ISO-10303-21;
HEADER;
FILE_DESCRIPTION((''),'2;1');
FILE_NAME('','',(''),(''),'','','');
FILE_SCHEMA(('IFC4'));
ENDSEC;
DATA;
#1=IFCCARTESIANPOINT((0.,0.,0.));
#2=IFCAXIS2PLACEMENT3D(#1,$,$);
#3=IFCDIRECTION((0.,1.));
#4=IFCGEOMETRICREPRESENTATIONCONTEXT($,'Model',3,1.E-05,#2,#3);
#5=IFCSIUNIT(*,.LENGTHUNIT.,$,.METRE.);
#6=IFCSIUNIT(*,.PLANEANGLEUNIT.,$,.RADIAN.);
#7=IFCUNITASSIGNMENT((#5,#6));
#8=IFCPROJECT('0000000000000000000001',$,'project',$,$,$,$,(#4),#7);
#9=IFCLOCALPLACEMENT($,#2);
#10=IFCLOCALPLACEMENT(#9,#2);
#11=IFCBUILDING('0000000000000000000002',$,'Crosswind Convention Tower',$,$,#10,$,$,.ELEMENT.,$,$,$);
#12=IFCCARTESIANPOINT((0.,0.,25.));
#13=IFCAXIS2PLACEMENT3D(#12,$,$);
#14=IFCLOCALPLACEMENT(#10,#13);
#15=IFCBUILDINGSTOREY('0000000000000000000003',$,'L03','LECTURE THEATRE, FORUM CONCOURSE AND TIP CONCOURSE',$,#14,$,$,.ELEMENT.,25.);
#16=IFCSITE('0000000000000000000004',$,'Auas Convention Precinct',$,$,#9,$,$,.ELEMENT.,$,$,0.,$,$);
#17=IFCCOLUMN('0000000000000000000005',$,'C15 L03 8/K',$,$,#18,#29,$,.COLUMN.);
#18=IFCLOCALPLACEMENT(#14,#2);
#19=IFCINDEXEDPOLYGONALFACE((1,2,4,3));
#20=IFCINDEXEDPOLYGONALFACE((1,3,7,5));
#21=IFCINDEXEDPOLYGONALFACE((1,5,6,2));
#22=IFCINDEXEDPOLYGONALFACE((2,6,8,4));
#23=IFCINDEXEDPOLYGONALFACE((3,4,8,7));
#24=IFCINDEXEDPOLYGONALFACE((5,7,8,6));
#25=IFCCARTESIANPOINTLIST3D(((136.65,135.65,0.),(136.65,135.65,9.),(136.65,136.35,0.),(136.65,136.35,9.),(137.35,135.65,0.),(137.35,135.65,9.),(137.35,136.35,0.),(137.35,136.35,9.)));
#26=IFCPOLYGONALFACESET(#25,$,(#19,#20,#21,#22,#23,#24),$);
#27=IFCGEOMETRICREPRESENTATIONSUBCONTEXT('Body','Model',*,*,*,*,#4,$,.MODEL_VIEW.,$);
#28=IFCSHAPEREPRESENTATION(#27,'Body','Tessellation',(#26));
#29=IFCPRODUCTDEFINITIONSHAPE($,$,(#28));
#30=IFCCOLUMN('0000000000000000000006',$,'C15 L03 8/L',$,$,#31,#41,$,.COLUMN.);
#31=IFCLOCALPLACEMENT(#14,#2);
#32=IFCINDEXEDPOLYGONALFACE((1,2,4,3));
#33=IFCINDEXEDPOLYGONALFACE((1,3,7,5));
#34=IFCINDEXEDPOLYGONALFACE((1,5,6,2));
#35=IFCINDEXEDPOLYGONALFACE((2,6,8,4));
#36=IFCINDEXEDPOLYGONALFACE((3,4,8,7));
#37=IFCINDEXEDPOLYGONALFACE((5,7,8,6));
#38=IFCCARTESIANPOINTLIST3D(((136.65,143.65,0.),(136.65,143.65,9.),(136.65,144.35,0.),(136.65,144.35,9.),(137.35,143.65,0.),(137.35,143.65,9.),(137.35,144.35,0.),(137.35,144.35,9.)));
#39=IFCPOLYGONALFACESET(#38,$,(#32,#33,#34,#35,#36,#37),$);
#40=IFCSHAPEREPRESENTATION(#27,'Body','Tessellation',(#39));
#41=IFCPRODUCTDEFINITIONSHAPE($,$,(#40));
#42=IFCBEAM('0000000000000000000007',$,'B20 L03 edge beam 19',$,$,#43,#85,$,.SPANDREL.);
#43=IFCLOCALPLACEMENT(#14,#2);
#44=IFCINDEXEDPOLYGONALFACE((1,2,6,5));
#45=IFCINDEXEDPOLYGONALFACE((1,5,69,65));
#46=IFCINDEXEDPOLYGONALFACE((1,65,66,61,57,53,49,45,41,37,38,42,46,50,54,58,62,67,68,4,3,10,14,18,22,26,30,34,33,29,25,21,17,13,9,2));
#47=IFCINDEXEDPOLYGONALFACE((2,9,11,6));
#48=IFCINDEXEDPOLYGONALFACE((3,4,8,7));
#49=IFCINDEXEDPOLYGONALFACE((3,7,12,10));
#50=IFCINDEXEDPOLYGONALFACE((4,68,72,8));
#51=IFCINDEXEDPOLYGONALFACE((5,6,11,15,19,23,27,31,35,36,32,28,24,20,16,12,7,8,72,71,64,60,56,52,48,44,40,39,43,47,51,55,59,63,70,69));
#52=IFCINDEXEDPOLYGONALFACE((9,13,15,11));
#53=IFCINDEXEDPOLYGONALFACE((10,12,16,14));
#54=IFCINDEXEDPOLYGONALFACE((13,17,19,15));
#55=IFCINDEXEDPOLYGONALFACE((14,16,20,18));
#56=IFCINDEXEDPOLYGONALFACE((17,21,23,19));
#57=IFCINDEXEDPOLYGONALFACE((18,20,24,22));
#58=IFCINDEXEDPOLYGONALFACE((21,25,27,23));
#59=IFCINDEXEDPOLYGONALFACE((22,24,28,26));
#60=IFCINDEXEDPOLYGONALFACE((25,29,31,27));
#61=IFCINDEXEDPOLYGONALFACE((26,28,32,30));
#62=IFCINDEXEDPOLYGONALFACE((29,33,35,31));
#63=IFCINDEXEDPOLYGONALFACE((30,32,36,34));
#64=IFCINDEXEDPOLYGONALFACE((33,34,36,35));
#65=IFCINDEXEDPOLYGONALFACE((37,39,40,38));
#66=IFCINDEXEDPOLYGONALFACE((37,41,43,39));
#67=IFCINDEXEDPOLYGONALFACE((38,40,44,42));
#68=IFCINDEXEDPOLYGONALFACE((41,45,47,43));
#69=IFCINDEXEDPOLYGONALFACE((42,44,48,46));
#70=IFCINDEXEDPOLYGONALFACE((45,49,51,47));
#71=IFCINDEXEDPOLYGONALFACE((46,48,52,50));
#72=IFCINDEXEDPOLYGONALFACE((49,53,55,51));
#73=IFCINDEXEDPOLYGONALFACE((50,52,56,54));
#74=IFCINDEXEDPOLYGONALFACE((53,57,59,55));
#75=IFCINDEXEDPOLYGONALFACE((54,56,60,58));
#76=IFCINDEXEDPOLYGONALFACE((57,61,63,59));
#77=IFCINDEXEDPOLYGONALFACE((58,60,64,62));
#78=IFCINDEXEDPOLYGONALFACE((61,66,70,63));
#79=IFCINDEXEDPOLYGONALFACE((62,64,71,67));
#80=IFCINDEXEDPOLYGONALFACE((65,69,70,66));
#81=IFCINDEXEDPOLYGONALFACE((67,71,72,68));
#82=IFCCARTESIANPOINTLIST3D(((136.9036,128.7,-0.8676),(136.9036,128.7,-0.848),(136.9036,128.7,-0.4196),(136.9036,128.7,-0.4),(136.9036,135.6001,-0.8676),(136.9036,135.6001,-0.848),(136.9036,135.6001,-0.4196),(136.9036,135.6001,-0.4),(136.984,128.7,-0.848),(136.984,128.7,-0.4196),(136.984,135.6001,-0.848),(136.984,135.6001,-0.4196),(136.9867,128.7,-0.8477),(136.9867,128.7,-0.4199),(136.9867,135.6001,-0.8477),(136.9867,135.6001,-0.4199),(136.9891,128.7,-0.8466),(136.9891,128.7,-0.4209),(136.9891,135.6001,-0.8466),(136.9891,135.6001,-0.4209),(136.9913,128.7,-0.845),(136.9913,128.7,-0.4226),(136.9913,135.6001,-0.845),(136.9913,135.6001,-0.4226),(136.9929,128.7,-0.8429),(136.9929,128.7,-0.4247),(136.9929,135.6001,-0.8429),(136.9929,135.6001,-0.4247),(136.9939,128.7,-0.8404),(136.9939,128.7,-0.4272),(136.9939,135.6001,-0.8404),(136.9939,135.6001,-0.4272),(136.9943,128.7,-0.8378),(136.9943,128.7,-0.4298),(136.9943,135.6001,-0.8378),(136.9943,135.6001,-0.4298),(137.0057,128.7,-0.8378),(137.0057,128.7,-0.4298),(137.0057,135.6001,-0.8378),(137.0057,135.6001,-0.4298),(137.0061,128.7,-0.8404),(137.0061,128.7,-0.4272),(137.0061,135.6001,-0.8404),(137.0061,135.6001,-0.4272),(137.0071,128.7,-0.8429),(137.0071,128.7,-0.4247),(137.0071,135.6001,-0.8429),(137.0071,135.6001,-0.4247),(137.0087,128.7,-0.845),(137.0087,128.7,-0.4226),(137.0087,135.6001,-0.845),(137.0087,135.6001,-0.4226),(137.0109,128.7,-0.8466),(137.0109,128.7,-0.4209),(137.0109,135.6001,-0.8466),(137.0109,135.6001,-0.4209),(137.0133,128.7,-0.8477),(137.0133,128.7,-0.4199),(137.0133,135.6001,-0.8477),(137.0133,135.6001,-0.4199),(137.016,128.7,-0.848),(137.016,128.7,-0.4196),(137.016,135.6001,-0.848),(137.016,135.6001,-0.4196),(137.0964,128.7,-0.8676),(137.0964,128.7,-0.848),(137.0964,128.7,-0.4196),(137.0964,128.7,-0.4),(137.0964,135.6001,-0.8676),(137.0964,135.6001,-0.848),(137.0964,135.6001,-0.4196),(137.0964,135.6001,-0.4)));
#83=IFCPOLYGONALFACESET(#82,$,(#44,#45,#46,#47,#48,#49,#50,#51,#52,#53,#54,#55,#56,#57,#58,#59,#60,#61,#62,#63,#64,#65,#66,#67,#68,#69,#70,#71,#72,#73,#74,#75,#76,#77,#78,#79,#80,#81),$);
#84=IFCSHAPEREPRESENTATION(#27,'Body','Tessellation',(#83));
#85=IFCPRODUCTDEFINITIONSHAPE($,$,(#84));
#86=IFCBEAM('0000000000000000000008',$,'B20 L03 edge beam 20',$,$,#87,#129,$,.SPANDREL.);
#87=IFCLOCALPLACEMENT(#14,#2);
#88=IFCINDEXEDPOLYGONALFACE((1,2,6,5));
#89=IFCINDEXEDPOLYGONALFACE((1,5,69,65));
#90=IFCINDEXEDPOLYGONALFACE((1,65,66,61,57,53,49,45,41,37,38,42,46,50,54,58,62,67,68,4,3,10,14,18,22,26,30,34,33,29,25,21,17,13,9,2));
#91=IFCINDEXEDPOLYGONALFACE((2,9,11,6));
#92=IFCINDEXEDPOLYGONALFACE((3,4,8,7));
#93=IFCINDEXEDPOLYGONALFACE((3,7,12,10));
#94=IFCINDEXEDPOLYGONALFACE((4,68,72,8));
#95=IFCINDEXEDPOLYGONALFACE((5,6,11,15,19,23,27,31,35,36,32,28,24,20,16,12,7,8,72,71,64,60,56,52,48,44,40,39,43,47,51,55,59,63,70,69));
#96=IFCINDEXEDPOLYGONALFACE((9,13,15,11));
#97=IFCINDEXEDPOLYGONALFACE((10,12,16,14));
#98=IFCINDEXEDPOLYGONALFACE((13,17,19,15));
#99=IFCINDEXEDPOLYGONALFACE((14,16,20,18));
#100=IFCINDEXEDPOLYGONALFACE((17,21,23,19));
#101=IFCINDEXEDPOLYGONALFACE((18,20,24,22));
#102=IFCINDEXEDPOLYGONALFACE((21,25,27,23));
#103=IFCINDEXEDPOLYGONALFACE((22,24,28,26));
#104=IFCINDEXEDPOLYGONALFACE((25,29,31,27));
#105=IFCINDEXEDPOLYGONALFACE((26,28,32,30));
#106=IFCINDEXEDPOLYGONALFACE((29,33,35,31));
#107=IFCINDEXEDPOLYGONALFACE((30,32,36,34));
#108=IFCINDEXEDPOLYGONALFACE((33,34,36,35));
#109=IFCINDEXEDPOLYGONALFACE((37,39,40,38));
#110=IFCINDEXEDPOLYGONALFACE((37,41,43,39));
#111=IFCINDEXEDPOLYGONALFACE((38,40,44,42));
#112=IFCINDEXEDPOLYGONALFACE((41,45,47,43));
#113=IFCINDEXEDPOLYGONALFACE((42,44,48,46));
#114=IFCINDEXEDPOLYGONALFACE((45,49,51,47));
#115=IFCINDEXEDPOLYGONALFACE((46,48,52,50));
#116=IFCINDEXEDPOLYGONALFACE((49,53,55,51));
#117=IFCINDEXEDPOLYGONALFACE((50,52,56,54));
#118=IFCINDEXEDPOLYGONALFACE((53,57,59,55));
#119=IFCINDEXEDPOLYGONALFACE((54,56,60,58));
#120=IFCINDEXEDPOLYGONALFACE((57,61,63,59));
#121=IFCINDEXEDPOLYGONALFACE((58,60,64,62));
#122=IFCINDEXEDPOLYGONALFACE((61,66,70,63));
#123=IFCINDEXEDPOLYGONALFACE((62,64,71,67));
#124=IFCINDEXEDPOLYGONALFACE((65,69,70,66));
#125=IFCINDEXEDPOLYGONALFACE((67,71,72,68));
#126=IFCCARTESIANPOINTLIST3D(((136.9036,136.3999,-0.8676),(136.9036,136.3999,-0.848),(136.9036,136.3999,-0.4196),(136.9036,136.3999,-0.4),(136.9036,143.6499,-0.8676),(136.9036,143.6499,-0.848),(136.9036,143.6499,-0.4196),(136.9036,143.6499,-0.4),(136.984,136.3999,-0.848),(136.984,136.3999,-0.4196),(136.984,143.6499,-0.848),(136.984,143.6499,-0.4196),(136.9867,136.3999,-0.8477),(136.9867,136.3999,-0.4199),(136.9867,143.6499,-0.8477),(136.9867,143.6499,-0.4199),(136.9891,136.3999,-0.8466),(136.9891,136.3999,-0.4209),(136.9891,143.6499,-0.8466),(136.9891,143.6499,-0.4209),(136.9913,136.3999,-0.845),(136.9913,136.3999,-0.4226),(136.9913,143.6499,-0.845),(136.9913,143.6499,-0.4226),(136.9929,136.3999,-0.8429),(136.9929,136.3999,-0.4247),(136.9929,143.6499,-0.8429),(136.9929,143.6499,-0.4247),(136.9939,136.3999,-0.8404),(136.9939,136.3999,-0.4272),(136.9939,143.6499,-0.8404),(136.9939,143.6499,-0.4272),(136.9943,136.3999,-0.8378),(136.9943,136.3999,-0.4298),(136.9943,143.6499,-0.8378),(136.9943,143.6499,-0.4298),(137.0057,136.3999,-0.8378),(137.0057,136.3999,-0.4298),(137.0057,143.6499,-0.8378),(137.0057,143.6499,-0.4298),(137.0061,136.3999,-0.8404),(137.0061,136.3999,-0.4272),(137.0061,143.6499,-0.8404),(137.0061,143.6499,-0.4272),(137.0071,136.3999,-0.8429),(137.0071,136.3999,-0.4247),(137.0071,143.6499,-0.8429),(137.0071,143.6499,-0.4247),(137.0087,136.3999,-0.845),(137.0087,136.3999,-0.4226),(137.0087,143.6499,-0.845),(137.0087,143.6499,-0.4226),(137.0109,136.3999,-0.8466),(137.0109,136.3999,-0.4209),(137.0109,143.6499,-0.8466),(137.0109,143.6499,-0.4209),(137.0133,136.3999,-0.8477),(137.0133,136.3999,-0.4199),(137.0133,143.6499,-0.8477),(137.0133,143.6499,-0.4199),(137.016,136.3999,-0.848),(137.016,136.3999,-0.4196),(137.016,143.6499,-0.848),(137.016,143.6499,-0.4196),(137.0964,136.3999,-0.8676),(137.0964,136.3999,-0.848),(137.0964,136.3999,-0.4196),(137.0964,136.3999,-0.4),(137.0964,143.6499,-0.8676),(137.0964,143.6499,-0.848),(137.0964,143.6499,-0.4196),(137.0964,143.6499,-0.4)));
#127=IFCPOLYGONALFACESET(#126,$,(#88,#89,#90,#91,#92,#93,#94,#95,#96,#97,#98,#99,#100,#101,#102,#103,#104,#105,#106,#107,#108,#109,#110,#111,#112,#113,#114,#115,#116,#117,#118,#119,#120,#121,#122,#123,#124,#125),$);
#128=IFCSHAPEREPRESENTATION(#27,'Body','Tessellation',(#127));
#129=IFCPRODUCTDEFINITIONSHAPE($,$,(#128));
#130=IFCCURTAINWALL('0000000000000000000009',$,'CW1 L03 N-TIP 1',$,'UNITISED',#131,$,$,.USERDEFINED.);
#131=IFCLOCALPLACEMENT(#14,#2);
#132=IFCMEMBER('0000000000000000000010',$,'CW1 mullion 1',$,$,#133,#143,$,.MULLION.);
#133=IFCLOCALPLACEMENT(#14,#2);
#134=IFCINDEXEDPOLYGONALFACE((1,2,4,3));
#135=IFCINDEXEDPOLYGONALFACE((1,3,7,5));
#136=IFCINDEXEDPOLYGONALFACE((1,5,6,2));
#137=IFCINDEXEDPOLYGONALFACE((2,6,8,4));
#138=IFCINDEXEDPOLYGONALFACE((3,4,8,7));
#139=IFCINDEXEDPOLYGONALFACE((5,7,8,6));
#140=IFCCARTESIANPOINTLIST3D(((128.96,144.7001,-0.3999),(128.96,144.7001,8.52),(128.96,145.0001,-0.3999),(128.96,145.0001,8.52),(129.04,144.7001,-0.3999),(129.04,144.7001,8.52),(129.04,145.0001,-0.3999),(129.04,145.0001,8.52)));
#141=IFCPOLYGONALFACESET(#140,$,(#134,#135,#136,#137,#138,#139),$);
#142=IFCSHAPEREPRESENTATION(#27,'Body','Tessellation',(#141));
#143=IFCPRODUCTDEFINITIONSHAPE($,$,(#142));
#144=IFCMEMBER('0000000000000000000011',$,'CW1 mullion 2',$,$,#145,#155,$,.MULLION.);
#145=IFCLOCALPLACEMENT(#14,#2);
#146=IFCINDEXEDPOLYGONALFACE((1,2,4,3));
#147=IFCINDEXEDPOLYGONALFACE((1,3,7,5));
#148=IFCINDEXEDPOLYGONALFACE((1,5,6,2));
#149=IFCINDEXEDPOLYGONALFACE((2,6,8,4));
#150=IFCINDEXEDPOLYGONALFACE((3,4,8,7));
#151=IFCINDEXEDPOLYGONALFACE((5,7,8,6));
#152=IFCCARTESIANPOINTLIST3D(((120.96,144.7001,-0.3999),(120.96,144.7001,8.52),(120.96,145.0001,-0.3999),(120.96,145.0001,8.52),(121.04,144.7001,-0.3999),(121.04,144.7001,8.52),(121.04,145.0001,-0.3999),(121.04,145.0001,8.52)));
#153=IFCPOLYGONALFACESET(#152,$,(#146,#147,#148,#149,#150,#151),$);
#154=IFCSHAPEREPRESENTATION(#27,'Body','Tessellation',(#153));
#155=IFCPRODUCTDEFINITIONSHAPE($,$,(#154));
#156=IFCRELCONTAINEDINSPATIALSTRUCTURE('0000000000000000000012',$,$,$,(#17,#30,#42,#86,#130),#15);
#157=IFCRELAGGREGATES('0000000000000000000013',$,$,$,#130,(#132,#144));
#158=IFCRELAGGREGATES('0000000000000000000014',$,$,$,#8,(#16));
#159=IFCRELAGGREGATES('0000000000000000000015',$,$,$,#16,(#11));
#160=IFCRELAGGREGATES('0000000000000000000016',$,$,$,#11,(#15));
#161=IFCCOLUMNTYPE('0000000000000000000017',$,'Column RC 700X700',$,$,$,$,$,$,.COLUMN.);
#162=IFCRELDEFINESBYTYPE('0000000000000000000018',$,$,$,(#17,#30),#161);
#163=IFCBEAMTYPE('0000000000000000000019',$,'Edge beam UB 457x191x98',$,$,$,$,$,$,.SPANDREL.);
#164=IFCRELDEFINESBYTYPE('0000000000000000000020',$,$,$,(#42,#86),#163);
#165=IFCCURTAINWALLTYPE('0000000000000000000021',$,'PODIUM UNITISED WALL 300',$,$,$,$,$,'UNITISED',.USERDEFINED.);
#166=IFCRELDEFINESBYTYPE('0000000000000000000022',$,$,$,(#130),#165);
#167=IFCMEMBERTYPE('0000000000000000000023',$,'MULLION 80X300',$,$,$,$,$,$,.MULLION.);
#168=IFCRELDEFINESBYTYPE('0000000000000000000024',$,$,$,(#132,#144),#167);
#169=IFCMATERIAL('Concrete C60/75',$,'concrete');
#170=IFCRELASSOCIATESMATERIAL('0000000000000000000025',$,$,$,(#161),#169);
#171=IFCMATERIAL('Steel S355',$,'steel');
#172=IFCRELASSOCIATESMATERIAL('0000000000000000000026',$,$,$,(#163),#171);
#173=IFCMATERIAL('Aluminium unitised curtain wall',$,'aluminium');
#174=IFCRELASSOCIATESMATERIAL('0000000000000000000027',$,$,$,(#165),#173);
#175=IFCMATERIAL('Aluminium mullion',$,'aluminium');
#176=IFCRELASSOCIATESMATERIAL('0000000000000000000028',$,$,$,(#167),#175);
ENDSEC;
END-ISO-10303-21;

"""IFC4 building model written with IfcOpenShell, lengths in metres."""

from ifc_helpers import new_model, si_unit, direction, frame, origin, origin_2d, place, context, subcontext, project, spatial, rectangle, i_section, extrude, material, material_profile, profile_set, type_object, element, aggregate, save


model = new_model("IFC4")

# Units and contexts
model_context = context("Model", 3, precision=1e-05, world=origin(), true_north=direction((0.0, 1.0)))
body_context = subcontext(model_context, "Body", "Model", "MODEL_VIEW")
ifc_project = project(units=[si_unit("LENGTHUNIT", "METRE"), si_unit("PLANEANGLEUNIT", "RADIAN")], contexts=[model_context])

# Site, building, storey
site_placement = place(None, origin())
site = spatial("IfcSite", under=ifc_project, at=site_placement, Name="Auas Convention Precinct", CompositionType="ELEMENT", RefElevation=0.0)
building_placement = place(site_placement, origin())
building = spatial("IfcBuilding", under=site, at=building_placement, Name="Crosswind Convention Tower", CompositionType="ELEMENT")
storey_placement = place(building_placement, frame((0.0, 0.0, 25.0)))
storey = spatial("IfcBuildingStorey", under=building, at=storey_placement, Name="L03", Description="LECTURE THEATRE, FORUM CONCOURSE AND TIP CONCOURSE", CompositionType="ELEMENT", Elevation=25.0)

# Columns
ifc_material_1 = material(Name="Concrete C60/75", Category="concrete")
ifc_material_profile_1 = material_profile(ifc_material_1, rectangle(XDim=0.7, YDim=0.7, at=origin_2d()), Name="RC 700X700")
ifc_profile_set_1 = profile_set([ifc_material_profile_1], Name="Concrete C60/75")
column_type = type_object("IfcColumnType", Name="Column RC 700X700", PredefinedType="COLUMN", material=ifc_profile_set_1)
for number, where, z_axis, x_axis, name in (
    (1, (137.0, 136.0, 0.0), (0.0, 0.0, 1.0), (1.0, 0.0, 0.0), "C15 L03 8/K"),
    (2, (137.0, 144.0, 0.0), (0.0, 0.0, 1.0), (1.0, 0.0, 0.0), "C15 L03 8/L"),
):
    element("IfcColumn", number, at=place(storey_placement, frame(where, z_axis=z_axis, x_axis=x_axis)), inside=storey, type_object=column_type, Name=name, PredefinedType="COLUMN", context=body_context, shape_type="SweptSolid", body=[
        extrude(rectangle(XDim=0.7, YDim=0.7, at=origin_2d()), origin(), (0.0, 0.0, 1.0), 9.0),
    ])

# Beams
ifc_material_2 = material(Name="Steel S355", Category="steel")
ifc_material_profile_2 = material_profile(ifc_material_2, i_section(OverallWidth=0.1929, OverallDepth=0.4675, WebThickness=0.0115, FlangeThickness=0.0195, FilletRadius=0.0103, at=origin_2d()), Name="UB 457x191x98")
ifc_profile_set_2 = profile_set([ifc_material_profile_2], Name="Steel S355")
beam_type_1 = type_object("IfcBeamType", Name="Edge beam UB 457x191x98", PredefinedType="SPANDREL", material=ifc_profile_set_2)
beam_1_placement = place(storey_placement, frame((137.0, 128.7, -0.6338), z_axis=(0.0, 1.0, 0.0), x_axis=(-1.0, 0.0, 0.0)))
element("IfcBeam", 3, at=beam_1_placement, inside=storey, type_object=beam_type_1, Name="B20 L03 edge beam 19", PredefinedType="SPANDREL", context=body_context, shape_type="SweptSolid", body=[
    extrude(i_section(OverallWidth=0.1929, OverallDepth=0.4675, WebThickness=0.0115, FlangeThickness=0.0195, FilletRadius=0.0103, at=origin_2d()), origin(), (0.0, 0.0, 1.0), 6.9001),
])
beam_2_placement = place(storey_placement, frame((137.0, 136.3999, -0.6338), z_axis=(0.0, 1.0, 0.0), x_axis=(-1.0, 0.0, 0.0)))
element("IfcBeam", 4, at=beam_2_placement, inside=storey, type_object=beam_type_1, Name="B20 L03 edge beam 20", PredefinedType="SPANDREL", context=body_context, shape_type="SweptSolid", body=[
    extrude(i_section(OverallWidth=0.1929, OverallDepth=0.4675, WebThickness=0.0115, FlangeThickness=0.0195, FilletRadius=0.0103, at=origin_2d()), origin(), (0.0, 0.0, 1.0), 7.25),
])

# Curtain wall, members
ifc_material_3 = material(Name="Aluminium unitised curtain wall", Category="aluminium")
curtain_wall_type = type_object("IfcCurtainWallType", Name="PODIUM UNITISED WALL 300", ElementType="UNITISED", PredefinedType="USERDEFINED", material=ifc_material_3)
curtain_wall_placement = place(storey_placement, origin())
curtain_wall = element("IfcCurtainWall", 5, at=curtain_wall_placement, inside=storey, type_object=curtain_wall_type, Name="CW1 L03 N-TIP 1", ObjectType="UNITISED", PredefinedType="USERDEFINED")
ifc_material_4 = material(Name="Aluminium mullion", Category="aluminium")
ifc_material_profile_3 = material_profile(ifc_material_4, rectangle(XDim=0.3, YDim=0.0801, at=origin_2d()), Name="AL 300X80")
ifc_profile_set_3 = profile_set([ifc_material_profile_3], Name="Aluminium mullion")
member_type_1 = type_object("IfcMemberType", Name="MULLION 80X300", PredefinedType="MULLION", material=ifc_profile_set_3)
member_1_placement = place(storey_placement, frame((129.0, 144.8501, -0.3999), z_axis=(0.0, 0.0, 1.0), x_axis=(0.0, 1.0, 0.0)))
member_1 = element("IfcMember", 6, at=member_1_placement, type_object=member_type_1, Name="CW1 mullion 1", PredefinedType="MULLION", context=body_context, shape_type="SweptSolid", body=[
    extrude(rectangle(XDim=0.3, YDim=0.0801, at=origin_2d()), origin(), (0.0, 0.0, 1.0), 8.9199),
])
member_2_placement = place(storey_placement, frame((121.0, 144.8501, -0.3999), z_axis=(0.0, 0.0, 1.0), x_axis=(0.0, 1.0, 0.0)))
member_2 = element("IfcMember", 7, at=member_2_placement, type_object=member_type_1, Name="CW1 mullion 2", PredefinedType="MULLION", context=body_context, shape_type="SweptSolid", body=[
    extrude(rectangle(XDim=0.3, YDim=0.0801, at=origin_2d()), origin(), (0.0, 0.0, 1.0), 8.9199),
])

aggregate(curtain_wall, [member_1, member_2])

save(model, "model.ifc")
